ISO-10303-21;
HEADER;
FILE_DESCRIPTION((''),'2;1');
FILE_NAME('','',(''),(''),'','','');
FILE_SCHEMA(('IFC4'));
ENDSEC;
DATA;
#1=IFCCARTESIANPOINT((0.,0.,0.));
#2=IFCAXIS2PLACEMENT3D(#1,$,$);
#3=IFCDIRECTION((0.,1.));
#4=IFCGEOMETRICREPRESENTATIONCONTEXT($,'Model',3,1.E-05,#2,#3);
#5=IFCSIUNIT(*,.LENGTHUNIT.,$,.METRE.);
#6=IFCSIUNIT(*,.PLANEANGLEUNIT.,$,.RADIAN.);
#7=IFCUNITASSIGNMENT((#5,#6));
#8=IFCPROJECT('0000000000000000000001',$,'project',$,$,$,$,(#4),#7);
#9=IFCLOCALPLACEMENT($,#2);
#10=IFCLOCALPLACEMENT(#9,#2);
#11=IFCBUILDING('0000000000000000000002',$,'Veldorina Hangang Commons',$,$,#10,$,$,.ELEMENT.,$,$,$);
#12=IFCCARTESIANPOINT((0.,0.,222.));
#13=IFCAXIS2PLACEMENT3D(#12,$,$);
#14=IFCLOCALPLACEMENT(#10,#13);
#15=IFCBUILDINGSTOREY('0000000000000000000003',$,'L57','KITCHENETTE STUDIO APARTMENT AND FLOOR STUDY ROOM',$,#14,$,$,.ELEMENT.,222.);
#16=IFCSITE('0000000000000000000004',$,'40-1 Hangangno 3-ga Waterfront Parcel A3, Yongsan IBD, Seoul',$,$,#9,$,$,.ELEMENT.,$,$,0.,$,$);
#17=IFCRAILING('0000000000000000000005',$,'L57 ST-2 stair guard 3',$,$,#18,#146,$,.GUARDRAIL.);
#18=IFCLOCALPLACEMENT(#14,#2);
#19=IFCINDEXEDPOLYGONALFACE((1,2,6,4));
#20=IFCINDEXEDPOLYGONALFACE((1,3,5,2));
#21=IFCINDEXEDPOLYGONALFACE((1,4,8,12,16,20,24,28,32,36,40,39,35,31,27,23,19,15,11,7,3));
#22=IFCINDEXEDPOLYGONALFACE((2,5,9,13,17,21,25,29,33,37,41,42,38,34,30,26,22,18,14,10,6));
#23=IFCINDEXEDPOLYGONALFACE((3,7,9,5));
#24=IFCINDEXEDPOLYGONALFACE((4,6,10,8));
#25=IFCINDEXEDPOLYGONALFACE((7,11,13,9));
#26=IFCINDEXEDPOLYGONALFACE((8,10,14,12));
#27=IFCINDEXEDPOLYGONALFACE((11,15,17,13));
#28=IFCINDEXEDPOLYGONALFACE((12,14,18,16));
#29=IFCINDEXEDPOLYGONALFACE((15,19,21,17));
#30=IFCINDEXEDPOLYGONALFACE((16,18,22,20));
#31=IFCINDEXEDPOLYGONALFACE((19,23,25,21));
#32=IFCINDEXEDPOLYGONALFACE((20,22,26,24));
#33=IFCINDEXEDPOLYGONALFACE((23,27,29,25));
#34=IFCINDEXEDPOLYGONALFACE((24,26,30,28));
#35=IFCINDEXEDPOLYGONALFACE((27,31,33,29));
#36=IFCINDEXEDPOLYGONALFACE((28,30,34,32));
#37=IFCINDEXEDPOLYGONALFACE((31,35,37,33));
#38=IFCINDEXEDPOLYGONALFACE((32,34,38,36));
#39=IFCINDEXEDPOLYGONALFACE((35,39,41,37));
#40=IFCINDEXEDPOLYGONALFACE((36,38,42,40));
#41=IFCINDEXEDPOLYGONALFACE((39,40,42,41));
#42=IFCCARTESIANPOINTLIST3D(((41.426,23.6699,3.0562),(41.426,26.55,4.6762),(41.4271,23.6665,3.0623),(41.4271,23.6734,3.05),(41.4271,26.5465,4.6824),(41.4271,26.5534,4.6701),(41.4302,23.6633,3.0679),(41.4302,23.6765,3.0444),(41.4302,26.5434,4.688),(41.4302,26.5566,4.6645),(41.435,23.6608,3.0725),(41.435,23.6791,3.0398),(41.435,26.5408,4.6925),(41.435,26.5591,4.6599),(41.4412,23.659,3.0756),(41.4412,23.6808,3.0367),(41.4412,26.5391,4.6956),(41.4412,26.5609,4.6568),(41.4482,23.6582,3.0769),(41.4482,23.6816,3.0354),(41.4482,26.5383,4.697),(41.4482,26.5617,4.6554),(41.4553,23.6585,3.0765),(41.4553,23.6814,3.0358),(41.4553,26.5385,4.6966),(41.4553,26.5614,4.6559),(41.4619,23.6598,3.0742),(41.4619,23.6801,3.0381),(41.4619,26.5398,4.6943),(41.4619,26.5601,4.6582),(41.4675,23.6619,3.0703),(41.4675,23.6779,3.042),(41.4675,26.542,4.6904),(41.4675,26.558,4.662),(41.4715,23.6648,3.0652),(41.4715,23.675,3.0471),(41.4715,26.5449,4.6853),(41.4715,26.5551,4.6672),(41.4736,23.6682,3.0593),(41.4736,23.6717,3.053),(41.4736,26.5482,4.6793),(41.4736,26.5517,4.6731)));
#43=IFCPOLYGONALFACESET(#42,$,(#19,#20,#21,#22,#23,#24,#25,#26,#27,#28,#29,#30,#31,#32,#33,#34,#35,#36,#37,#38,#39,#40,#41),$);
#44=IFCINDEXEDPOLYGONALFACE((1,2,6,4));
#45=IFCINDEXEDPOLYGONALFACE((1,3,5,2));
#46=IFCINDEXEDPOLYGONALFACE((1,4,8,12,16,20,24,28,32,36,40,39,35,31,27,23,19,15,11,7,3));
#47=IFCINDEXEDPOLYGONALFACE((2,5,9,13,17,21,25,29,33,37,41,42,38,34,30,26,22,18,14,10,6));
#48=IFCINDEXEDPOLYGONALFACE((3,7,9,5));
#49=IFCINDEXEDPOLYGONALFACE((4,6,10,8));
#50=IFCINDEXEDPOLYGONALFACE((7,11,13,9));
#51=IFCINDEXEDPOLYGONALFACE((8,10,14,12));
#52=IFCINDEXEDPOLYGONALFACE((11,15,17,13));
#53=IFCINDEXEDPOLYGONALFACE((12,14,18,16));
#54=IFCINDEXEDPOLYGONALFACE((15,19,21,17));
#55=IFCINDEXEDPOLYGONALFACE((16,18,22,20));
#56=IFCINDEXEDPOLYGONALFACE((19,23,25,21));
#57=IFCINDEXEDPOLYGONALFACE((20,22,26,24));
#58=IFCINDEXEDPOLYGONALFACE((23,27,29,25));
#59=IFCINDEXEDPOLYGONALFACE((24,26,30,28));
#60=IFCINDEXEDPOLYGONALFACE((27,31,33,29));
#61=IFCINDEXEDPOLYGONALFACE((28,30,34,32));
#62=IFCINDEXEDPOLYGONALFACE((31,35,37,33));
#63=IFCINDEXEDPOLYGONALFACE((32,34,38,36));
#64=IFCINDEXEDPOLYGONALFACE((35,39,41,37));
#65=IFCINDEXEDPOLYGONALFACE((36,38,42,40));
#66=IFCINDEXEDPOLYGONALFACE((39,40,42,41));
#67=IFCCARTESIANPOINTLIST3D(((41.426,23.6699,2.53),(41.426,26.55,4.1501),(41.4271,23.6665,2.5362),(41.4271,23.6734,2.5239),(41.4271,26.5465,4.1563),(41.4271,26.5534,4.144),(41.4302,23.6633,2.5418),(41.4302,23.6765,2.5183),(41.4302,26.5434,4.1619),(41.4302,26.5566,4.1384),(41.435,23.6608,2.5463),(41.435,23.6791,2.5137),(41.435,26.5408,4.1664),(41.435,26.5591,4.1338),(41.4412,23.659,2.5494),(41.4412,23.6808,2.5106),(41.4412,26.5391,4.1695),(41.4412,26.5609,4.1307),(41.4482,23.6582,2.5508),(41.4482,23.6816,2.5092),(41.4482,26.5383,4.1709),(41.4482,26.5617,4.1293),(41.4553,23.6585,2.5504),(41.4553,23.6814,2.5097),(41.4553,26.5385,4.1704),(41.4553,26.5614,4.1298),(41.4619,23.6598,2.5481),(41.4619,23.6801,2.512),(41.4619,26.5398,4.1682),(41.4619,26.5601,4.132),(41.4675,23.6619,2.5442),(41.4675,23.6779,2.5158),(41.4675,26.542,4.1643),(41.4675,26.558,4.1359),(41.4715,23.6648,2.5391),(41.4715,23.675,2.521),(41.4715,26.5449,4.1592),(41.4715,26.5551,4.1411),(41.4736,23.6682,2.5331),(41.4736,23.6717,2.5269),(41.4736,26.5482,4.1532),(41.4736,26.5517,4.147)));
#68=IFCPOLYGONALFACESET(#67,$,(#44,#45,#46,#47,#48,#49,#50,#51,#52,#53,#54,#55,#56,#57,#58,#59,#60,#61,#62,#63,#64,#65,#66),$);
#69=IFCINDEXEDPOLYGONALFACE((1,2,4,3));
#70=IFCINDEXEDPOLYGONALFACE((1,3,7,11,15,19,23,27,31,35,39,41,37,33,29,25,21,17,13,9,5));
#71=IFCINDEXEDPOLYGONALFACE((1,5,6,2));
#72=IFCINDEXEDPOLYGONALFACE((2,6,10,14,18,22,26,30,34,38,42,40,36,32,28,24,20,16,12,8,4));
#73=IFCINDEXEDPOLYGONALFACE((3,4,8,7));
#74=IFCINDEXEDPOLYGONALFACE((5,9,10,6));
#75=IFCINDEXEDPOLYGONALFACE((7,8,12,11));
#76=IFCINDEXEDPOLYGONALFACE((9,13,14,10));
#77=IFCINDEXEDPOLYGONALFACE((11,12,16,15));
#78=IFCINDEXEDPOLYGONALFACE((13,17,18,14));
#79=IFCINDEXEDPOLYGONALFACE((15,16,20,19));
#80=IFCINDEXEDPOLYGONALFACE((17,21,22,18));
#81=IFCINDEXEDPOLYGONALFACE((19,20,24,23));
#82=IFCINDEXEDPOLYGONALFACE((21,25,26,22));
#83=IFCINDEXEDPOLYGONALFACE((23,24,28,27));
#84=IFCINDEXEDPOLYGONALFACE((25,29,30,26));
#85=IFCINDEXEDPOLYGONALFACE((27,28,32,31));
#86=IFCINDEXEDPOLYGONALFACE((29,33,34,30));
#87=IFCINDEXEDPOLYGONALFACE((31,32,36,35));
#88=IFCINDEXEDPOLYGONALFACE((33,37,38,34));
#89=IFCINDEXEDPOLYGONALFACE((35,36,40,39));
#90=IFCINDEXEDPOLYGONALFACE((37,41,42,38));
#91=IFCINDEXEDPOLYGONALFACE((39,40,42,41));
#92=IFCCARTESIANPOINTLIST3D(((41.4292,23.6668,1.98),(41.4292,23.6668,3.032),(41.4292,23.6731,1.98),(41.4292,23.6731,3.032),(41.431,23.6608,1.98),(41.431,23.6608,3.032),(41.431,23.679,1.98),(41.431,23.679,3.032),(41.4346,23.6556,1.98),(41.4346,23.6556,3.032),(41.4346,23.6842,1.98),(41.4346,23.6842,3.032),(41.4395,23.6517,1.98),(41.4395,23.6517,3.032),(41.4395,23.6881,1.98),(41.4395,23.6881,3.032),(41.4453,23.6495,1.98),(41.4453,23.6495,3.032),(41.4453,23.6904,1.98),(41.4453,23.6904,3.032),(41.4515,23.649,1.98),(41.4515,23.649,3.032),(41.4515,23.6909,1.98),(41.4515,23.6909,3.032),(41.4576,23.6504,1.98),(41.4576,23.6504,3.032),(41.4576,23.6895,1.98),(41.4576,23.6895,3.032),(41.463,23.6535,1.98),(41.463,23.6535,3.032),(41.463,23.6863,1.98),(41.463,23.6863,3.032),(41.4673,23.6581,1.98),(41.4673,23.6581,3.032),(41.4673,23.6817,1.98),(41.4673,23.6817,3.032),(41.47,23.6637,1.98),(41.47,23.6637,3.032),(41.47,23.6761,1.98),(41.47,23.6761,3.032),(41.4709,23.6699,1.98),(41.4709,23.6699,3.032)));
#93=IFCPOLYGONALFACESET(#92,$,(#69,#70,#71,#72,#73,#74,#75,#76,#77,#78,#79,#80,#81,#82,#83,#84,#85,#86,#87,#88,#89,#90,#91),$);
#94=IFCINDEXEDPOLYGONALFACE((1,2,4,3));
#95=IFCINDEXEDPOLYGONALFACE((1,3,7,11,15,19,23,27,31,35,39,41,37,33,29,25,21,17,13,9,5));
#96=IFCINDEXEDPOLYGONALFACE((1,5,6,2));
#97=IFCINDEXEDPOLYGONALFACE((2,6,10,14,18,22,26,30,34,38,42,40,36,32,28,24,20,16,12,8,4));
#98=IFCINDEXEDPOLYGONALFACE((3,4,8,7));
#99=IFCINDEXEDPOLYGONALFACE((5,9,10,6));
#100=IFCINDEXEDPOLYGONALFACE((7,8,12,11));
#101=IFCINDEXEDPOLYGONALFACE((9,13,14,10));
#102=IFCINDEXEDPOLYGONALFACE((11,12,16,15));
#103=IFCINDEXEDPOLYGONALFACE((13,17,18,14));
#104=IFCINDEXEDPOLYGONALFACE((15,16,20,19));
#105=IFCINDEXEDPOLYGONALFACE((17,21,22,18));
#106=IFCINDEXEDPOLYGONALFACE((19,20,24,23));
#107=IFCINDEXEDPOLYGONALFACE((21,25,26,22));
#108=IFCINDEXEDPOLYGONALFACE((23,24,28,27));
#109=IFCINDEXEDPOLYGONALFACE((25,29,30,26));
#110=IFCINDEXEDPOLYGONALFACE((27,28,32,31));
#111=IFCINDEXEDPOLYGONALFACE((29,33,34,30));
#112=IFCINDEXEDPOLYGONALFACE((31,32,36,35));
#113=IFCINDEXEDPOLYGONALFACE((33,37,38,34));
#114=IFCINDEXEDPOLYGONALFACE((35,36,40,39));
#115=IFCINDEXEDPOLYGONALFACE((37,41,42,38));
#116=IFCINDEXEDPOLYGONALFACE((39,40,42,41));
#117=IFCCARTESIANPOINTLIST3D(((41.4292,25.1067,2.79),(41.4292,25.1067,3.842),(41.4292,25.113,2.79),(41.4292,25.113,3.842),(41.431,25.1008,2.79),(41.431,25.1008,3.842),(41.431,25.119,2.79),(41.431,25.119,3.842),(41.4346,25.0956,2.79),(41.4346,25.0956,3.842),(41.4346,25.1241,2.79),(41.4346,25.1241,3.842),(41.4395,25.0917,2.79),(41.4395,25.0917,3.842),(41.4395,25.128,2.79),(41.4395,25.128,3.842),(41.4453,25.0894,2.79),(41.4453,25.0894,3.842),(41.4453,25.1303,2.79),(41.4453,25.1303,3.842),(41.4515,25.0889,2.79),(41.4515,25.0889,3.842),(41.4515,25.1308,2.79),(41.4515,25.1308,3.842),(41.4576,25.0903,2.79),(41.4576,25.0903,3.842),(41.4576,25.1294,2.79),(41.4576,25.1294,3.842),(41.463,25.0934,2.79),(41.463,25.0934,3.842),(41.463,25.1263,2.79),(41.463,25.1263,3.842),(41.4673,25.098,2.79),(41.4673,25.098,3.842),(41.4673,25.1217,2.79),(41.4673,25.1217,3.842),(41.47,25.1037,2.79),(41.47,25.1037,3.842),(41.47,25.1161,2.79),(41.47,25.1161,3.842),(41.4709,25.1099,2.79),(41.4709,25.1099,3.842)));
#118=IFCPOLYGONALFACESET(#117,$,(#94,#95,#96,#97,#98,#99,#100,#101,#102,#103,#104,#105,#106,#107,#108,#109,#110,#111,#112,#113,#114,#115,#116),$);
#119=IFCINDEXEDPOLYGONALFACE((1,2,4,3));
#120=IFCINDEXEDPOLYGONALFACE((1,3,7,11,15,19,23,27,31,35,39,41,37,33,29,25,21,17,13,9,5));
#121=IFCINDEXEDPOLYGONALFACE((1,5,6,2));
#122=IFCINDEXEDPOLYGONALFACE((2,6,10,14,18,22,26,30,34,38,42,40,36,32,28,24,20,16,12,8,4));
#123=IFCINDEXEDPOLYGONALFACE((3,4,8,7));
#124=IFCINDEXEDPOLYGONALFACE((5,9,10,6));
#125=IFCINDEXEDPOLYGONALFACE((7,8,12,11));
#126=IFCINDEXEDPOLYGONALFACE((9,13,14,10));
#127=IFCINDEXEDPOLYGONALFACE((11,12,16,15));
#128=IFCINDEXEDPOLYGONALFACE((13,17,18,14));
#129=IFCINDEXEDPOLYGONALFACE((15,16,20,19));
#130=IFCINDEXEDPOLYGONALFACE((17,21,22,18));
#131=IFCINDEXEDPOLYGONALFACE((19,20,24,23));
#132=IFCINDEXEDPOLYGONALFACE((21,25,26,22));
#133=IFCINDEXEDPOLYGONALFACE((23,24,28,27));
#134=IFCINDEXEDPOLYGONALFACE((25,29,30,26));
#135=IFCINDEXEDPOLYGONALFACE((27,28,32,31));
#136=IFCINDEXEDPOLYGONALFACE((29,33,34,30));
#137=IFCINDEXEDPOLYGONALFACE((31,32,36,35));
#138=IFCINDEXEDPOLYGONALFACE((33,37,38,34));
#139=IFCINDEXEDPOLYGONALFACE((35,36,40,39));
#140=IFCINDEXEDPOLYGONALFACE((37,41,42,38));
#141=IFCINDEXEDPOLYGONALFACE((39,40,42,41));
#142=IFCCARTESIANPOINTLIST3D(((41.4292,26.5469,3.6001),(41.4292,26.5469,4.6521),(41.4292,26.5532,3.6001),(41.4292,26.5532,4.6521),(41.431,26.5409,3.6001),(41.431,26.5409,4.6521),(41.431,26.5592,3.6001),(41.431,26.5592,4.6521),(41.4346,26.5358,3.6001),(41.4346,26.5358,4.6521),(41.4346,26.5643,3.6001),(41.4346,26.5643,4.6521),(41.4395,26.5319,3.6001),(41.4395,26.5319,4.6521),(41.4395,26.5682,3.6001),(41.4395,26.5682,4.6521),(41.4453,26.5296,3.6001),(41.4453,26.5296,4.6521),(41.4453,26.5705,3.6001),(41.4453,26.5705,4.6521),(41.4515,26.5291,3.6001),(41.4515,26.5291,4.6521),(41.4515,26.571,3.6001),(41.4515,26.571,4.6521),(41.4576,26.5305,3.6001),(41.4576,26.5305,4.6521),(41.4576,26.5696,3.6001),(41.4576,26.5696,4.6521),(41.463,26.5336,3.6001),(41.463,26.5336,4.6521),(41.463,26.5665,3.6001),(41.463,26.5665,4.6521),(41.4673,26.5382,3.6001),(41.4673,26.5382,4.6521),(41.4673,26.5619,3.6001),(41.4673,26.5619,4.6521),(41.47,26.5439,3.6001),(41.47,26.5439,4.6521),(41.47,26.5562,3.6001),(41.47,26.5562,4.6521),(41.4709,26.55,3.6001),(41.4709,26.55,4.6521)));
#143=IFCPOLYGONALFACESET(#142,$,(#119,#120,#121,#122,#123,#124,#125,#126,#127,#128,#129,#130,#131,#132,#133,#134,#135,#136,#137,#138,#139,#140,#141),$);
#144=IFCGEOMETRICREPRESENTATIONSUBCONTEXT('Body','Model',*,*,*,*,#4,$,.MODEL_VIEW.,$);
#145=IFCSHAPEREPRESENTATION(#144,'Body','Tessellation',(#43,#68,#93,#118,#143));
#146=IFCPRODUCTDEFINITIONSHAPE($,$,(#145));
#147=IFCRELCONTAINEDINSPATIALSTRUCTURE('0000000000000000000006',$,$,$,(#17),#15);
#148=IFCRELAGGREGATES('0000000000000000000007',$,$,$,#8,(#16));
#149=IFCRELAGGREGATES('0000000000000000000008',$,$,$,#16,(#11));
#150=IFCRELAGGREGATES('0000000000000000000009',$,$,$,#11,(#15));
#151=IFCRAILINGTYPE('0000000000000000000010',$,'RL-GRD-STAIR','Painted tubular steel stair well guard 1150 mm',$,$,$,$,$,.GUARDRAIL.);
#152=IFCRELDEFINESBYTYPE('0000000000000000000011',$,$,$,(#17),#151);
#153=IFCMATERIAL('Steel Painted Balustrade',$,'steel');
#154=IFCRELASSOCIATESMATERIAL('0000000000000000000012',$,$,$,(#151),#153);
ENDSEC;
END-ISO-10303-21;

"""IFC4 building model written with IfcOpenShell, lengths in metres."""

from ifc_helpers import new_model, si_unit, direction, frame, origin, origin_2d, place, context, subcontext, project, spatial, circle, extrude, material, type_object, element, save


model = new_model("IFC4")

# Units and contexts
model_context = context("Model", 3, precision=1e-05, world=origin(), true_north=direction((0.0, 1.0)))
body_context = subcontext(model_context, "Body", "Model", "MODEL_VIEW")
ifc_project = project(units=[si_unit("LENGTHUNIT", "METRE"), si_unit("PLANEANGLEUNIT", "RADIAN")], contexts=[model_context])

# Site, building, storey
site_placement = place(None, origin())
site = spatial("IfcSite", under=ifc_project, at=site_placement, Name="40-1 Hangangno 3-ga Waterfront Parcel A3, Yongsan IBD, Seoul", CompositionType="ELEMENT", RefElevation=0.0)
building_placement = place(site_placement, origin())
building = spatial("IfcBuilding", under=site, at=building_placement, Name="Veldorina Hangang Commons", CompositionType="ELEMENT")
storey_placement = place(building_placement, frame((0.0, 0.0, 222.0)))
storey = spatial("IfcBuildingStorey", under=building, at=storey_placement, Name="L57", Description="KITCHENETTE STUDIO APARTMENT AND FLOOR STUDY ROOM", CompositionType="ELEMENT", Elevation=222.0)

# Railing
ifc_material_1 = material(Name="Steel Painted Balustrade", Category="steel")
railing_type_1 = type_object("IfcRailingType", Name="RL-GRD-STAIR", Description="Painted tubular steel stair well guard 1150 mm", PredefinedType="GUARDRAIL", material=ifc_material_1)
railing_1_placement = place(storey_placement, frame((41.45, 23.6699, 1.98)))
element("IfcRailing", 1, at=railing_1_placement, inside=storey, type_object=railing_type_1, Name="L57 ST-2 stair guard 3", PredefinedType="GUARDRAIL", context=body_context, shape_type="SweptSolid", body=[
    extrude(circle(Radius=0.0239, at=origin_2d()), frame((0.0, 0.0, 1.0762), z_axis=(0.0, 0.87157, 0.490272), x_axis=(-1.0, 0.0, 0.0)), (0.0, 0.0, 1.0), 3.3044),
    extrude(circle(Radius=0.0239, at=origin_2d()), frame((0.0, 0.0, 0.55), z_axis=(0.0, 0.87157, 0.490272), x_axis=(-1.0, 0.0, 0.0)), (0.0, 0.0, 1.0), 3.3044),
    extrude(circle(Radius=0.021, at=origin_2d()), origin(), (0.0, 0.0, 1.0), 1.052),
    extrude(circle(Radius=0.021, at=origin_2d()), frame((0.0, 1.4399, 0.8101)), (0.0, 0.0, 1.0), 1.052),
    extrude(circle(Radius=0.021, at=origin_2d()), frame((0.0, 2.8801, 1.6201)), (0.0, 0.0, 1.0), 1.052),
])

save(model, "model.ifc")
